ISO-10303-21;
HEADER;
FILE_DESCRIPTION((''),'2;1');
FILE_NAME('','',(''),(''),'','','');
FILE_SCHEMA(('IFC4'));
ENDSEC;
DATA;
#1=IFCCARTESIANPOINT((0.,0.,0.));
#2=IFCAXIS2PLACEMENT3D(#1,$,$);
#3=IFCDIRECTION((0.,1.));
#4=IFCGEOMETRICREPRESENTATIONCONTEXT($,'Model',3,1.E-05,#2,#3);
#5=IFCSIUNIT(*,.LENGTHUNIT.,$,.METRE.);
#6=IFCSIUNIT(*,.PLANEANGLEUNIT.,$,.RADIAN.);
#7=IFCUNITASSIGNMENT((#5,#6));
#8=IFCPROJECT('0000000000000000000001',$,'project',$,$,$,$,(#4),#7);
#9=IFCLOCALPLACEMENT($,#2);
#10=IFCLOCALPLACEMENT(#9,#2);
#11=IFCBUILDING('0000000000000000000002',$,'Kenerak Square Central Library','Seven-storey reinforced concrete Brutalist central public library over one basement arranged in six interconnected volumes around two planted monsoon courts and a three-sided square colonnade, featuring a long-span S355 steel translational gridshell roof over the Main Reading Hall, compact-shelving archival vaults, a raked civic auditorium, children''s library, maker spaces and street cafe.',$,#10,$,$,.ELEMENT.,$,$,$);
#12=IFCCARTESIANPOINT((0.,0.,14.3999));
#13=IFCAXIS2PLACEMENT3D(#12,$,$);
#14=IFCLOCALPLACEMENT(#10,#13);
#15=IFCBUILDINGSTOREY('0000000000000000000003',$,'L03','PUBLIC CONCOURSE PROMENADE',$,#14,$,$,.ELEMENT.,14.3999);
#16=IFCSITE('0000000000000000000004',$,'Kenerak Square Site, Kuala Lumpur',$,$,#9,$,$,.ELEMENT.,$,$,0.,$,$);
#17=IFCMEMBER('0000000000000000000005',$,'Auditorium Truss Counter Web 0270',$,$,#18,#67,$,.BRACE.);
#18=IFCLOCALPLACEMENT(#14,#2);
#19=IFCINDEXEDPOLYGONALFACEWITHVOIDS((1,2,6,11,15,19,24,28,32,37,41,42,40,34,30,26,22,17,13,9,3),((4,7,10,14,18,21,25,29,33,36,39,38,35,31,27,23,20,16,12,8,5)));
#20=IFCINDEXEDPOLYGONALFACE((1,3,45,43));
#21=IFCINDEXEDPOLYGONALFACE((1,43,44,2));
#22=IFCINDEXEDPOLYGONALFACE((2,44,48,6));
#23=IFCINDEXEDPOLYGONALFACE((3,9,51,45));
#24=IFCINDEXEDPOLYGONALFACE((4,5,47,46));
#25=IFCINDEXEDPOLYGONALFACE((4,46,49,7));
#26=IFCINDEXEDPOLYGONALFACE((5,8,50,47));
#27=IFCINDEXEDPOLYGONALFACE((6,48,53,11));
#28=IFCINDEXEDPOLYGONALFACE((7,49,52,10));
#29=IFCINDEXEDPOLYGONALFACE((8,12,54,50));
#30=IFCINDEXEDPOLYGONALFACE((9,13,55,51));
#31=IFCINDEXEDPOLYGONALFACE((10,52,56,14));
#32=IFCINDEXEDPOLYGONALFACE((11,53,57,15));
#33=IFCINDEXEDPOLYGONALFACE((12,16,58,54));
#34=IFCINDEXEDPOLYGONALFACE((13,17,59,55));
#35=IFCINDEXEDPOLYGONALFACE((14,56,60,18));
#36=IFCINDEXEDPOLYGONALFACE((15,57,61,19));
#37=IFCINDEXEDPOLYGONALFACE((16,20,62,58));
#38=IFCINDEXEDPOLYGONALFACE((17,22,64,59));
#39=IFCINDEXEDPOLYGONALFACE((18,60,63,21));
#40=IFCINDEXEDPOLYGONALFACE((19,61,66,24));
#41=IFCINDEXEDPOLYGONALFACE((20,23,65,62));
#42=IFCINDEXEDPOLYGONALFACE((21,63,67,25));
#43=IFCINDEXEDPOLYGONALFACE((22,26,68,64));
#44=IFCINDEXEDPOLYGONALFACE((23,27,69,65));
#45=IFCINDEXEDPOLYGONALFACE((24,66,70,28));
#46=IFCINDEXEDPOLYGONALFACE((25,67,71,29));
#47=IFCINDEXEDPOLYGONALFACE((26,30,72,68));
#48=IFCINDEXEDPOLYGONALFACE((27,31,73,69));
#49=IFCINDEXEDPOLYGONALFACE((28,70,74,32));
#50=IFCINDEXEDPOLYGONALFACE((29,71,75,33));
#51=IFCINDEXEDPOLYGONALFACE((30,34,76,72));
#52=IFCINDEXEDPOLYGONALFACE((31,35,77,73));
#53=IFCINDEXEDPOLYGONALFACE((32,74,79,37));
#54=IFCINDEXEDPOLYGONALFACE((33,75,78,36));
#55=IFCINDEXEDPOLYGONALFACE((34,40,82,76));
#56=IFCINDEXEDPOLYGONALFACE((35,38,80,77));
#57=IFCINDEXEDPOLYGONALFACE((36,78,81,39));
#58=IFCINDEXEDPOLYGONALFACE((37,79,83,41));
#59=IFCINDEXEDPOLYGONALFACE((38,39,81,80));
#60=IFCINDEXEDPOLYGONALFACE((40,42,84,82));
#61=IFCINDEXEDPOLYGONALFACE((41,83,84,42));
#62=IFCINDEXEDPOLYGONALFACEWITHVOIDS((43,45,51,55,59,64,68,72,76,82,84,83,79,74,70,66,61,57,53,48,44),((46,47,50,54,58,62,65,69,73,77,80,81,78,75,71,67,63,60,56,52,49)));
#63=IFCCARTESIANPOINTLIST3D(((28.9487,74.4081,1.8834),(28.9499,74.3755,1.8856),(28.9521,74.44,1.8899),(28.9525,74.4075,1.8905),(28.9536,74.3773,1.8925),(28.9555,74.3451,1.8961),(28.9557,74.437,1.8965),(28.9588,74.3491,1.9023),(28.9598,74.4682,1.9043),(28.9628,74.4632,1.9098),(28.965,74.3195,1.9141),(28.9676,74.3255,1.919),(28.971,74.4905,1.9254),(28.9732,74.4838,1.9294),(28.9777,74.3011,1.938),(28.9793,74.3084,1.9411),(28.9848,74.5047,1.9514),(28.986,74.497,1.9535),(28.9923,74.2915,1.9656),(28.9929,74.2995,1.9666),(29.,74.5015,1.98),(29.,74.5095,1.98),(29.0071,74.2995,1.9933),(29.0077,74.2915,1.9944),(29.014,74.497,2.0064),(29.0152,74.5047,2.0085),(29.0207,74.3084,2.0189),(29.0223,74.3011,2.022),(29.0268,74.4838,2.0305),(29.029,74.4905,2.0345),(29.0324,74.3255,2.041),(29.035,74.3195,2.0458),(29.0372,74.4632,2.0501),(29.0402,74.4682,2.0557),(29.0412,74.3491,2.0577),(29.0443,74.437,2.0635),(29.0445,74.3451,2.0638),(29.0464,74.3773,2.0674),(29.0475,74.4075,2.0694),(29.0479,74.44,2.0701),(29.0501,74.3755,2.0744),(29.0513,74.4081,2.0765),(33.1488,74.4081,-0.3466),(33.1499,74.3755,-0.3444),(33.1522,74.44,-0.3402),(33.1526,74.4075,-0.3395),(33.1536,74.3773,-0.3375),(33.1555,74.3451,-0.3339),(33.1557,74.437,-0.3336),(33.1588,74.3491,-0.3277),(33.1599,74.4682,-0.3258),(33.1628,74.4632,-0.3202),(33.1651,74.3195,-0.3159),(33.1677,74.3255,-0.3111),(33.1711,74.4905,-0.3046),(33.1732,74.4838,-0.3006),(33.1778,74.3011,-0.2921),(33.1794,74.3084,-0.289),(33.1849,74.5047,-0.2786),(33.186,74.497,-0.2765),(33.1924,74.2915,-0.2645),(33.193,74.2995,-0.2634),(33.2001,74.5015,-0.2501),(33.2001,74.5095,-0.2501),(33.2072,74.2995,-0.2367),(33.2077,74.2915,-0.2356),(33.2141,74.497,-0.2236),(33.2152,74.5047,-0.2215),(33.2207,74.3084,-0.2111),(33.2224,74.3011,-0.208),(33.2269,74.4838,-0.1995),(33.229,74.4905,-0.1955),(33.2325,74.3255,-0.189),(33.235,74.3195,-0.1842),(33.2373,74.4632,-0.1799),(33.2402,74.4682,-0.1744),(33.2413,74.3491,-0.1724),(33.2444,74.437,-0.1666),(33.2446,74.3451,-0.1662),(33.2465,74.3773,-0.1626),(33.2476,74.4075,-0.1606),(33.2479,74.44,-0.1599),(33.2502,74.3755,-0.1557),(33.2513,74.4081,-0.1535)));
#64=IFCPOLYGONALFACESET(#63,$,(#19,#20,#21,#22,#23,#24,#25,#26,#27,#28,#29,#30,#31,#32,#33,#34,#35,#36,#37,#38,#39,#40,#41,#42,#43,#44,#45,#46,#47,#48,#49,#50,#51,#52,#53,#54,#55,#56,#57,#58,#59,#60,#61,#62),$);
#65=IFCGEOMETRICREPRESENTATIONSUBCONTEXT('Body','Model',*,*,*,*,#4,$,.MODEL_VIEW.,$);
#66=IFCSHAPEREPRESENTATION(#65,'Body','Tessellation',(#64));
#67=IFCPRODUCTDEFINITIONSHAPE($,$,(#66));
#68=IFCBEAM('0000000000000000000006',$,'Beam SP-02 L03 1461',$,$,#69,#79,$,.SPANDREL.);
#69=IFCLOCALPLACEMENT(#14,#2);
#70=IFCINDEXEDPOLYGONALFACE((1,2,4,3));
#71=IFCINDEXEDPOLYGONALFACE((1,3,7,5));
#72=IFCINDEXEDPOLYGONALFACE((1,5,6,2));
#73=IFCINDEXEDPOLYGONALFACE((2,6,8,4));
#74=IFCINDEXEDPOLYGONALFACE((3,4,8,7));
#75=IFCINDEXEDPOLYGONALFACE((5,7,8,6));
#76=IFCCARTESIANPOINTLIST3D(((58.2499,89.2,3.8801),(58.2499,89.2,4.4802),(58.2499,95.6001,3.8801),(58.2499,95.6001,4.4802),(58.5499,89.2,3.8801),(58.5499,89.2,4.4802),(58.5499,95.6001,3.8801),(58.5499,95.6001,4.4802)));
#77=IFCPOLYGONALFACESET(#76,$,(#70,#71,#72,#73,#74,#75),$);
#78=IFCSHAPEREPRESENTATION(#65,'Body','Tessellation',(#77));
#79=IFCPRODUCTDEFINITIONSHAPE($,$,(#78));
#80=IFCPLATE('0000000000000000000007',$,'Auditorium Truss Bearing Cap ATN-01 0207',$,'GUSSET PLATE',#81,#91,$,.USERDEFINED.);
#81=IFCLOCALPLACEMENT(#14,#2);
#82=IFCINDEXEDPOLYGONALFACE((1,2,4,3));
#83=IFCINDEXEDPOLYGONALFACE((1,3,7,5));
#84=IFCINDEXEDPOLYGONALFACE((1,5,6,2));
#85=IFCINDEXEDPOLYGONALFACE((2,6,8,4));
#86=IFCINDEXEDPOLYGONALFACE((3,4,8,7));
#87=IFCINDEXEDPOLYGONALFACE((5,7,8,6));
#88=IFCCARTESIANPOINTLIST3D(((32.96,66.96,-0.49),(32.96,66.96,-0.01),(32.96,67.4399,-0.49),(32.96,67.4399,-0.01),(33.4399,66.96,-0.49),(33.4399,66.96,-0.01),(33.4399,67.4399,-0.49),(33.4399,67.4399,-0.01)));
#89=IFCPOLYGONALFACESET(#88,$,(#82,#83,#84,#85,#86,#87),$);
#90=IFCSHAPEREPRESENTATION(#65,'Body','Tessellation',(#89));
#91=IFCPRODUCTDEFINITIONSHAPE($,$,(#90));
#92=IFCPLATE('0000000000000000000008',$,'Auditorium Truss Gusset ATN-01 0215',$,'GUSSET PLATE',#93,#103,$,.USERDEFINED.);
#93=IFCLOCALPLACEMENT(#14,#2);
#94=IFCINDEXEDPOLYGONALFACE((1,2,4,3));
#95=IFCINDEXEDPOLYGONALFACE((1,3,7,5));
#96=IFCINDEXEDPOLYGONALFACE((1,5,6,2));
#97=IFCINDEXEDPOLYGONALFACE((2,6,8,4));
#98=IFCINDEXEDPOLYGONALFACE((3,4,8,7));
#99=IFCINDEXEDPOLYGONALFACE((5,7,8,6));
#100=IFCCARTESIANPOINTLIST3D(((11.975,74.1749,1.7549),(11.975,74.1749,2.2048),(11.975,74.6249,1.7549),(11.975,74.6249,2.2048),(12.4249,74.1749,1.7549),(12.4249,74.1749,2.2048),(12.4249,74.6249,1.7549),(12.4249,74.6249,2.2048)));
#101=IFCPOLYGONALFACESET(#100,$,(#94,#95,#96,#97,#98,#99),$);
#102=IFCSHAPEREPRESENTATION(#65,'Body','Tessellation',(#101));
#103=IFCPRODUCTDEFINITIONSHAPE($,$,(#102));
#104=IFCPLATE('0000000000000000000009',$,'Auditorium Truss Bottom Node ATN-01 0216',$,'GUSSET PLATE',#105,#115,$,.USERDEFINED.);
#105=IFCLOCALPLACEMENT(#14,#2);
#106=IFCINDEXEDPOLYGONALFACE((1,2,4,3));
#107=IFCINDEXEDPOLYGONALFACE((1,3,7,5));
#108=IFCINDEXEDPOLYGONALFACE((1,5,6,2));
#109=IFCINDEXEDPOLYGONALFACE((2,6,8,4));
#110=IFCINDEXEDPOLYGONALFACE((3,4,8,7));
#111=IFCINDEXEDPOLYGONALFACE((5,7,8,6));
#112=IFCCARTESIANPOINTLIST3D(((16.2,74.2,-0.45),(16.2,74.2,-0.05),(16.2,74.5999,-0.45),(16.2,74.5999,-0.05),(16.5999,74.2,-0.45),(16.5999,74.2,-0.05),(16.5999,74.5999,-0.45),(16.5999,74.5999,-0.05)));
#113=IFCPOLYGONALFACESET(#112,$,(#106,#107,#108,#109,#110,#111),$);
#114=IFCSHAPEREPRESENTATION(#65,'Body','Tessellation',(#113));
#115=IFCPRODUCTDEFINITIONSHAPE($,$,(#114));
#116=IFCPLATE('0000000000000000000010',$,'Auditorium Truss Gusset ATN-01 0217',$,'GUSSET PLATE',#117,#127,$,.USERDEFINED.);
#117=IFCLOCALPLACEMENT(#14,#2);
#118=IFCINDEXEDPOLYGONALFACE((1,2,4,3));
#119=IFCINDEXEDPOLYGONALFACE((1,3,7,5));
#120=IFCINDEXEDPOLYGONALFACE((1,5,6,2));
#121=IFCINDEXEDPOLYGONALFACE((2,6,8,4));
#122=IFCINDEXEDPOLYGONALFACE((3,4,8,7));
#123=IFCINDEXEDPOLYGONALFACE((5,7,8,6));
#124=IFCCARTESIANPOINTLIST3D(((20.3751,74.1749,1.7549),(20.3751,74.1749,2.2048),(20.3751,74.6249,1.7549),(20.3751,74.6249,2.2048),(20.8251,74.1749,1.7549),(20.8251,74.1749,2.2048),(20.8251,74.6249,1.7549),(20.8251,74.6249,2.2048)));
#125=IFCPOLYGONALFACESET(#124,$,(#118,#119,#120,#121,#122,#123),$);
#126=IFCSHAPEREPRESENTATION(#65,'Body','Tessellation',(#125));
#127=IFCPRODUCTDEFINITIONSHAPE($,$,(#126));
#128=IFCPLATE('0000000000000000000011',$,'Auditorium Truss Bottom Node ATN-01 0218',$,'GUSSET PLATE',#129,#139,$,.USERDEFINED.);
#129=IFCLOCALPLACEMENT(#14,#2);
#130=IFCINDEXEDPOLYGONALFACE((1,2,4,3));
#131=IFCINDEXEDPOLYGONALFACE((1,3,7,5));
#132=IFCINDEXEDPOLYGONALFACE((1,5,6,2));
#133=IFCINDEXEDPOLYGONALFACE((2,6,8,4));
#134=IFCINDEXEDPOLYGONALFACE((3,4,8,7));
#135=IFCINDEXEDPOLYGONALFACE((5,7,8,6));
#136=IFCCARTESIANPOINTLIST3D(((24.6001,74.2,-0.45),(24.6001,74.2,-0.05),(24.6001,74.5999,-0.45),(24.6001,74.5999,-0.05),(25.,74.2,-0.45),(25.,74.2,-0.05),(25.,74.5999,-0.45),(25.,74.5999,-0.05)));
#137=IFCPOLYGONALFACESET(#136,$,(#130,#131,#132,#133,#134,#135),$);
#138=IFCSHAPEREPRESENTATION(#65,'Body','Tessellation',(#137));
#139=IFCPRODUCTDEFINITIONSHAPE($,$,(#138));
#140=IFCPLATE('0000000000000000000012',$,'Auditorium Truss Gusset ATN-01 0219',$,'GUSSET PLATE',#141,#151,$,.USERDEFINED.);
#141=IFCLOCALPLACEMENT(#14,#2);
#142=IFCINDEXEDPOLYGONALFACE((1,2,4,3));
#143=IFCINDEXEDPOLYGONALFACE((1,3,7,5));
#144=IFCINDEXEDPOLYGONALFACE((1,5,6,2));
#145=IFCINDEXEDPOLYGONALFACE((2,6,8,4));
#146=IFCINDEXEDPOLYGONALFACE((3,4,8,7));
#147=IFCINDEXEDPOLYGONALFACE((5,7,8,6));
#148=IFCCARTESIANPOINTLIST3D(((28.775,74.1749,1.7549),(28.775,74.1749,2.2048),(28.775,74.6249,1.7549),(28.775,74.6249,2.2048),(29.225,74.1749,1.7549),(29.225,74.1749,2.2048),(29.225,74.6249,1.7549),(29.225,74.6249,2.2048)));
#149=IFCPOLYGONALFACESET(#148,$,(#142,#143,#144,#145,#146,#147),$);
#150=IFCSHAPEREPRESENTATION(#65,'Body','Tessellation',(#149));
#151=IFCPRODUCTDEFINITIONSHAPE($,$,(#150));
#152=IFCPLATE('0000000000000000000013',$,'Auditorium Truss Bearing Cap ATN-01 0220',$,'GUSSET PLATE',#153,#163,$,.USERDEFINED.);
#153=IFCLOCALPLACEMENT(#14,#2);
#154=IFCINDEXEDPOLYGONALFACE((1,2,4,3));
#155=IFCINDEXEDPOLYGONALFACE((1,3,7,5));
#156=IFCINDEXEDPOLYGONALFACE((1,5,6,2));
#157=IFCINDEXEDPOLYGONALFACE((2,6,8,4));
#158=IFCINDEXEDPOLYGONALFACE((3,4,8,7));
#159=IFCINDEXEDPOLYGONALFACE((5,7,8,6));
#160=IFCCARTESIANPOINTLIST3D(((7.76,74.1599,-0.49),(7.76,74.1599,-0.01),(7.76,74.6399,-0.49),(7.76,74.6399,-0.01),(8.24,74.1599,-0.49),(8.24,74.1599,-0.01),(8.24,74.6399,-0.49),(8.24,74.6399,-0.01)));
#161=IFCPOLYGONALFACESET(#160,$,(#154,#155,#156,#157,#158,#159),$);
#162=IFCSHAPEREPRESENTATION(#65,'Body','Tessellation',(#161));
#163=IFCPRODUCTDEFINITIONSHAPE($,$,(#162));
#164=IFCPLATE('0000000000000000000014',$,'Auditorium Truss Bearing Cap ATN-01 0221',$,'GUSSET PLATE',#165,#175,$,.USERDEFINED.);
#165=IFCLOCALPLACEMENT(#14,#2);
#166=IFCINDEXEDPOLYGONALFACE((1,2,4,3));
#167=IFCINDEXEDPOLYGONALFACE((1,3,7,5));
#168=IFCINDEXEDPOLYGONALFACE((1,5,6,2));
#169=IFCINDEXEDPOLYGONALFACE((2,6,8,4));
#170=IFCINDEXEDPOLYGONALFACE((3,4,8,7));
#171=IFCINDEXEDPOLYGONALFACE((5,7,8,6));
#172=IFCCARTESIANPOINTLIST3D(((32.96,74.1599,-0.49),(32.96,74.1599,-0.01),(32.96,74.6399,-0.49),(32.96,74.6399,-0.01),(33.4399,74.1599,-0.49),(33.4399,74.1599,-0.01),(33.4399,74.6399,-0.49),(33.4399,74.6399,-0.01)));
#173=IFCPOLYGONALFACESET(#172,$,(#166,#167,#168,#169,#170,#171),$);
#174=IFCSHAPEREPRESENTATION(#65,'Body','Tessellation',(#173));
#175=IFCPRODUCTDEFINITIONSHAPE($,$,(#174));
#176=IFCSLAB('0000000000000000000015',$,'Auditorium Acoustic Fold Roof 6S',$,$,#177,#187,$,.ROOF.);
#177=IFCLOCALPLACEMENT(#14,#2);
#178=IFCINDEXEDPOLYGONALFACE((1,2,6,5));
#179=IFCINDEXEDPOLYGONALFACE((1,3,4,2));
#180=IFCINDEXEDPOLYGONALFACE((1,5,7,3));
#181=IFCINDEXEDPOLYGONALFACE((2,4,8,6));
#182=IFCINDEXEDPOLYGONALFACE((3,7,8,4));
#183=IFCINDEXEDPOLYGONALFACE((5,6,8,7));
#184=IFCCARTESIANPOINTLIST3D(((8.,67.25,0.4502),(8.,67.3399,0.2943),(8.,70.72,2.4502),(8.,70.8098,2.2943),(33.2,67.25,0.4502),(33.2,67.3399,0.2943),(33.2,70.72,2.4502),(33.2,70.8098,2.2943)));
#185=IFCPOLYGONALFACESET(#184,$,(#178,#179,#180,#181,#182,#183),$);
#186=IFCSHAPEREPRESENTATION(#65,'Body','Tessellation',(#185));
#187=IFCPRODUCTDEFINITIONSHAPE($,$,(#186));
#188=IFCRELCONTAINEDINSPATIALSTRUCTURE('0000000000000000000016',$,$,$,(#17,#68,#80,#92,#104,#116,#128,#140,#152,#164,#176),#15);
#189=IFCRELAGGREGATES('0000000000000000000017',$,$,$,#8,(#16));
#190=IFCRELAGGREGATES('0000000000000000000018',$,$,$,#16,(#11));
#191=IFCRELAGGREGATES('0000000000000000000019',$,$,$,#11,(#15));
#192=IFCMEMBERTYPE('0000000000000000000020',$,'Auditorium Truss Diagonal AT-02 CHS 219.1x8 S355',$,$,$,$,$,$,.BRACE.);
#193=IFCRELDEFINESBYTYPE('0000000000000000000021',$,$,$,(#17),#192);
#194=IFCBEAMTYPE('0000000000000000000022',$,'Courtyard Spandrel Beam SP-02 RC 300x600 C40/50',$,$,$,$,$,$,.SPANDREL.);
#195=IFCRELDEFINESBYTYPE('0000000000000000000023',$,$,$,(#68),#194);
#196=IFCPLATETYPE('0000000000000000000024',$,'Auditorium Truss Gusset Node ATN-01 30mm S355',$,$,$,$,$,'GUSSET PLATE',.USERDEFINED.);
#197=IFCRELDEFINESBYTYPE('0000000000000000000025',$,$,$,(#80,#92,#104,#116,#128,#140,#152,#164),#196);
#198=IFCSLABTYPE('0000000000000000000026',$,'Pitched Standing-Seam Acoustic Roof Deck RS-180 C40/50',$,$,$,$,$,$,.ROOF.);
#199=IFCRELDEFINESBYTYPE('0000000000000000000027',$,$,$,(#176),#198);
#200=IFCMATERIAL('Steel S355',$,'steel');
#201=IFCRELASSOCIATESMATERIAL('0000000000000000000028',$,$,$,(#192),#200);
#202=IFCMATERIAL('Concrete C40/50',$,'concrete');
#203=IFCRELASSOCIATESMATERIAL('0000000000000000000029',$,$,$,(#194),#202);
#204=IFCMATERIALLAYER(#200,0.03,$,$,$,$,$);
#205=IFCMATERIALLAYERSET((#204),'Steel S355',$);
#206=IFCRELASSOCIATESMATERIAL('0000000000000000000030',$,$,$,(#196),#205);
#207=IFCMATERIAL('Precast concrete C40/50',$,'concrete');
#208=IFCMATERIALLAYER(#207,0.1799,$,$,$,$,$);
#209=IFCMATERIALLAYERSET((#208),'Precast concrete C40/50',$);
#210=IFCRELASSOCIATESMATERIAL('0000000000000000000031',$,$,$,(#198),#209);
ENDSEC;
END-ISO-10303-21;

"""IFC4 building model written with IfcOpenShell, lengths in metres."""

from ifc_helpers import new_model, si_unit, direction, frame, origin, origin_2d, place, context, subcontext, project, spatial, polyline, rectangle, hollow_circle, outline, extrude, material, layer, layer_set, material_profile, profile_set, type_object, element, save


model = new_model("IFC4")

# Units and contexts
model_context = context("Model", 3, precision=1e-05, world=origin(), true_north=direction((0.0, 1.0)))
body_context = subcontext(model_context, "Body", "Model", "MODEL_VIEW")
ifc_project = project(units=[si_unit("LENGTHUNIT", "METRE"), si_unit("PLANEANGLEUNIT", "RADIAN")], contexts=[model_context])

# Site, building, storey
site_placement = place(None, origin())
site = spatial("IfcSite", under=ifc_project, at=site_placement, Name="Kenerak Square Site, Kuala Lumpur", CompositionType="ELEMENT", RefElevation=0.0)
building_placement = place(site_placement, origin())
building = spatial("IfcBuilding", under=site, at=building_placement, Name="Kenerak Square Central Library", Description="Seven-storey reinforced concrete Brutalist central public library over one basement arranged in six interconnected volumes around two planted monsoon courts and a three-sided square colonnade, featuring a long-span S355 steel translational gridshell roof over the Main Reading Hall, compact-shelving archival vaults, a raked civic auditorium, children's library, maker spaces and street cafe.", CompositionType="ELEMENT")
storey_placement = place(building_placement, frame((0.0, 0.0, 14.3999)))
storey = spatial("IfcBuildingStorey", under=building, at=storey_placement, Name="L03", Description="PUBLIC CONCOURSE PROMENADE", CompositionType="ELEMENT", Elevation=14.3999)

# Shared definitions
ifc_material_1 = material(Name="Concrete C40/50", Category="concrete")

# Shared definitions
ifc_material_2 = material(Name="Steel S355", Category="steel")

# Member
ifc_material_profile_1 = material_profile(ifc_material_2, hollow_circle(Radius=0.1096, WallThickness=0.0081, at=origin_2d()), Name="CHS 219.1x8.0")
ifc_profile_set_1 = profile_set([ifc_material_profile_1], Name="Steel S355")
member_type = type_object("IfcMemberType", Name="Auditorium Truss Diagonal AT-02 CHS 219.1x8 S355", PredefinedType="BRACE", material=ifc_profile_set_1)
for number, where, z_axis, x_axis, name in (
    (1, (29.0, 74.3999, 1.98), (0.883224, 0.0, -0.468951), (0.0, 1.0, 0.0), "Auditorium Truss Counter Web 0270"),
):
    element("IfcMember", number, at=place(storey_placement, frame(where, z_axis=z_axis, x_axis=x_axis)), inside=storey, type_object=member_type, Name=name, PredefinedType="BRACE", context=body_context, shape_type="SweptSolid", body=[
        extrude(hollow_circle(Radius=0.1096, WallThickness=0.0081, at=origin_2d()), origin(), (0.0, 0.0, 1.0), 4.7554),
    ])

# Beam
ifc_material_profile_2 = material_profile(ifc_material_1, rectangle(XDim=0.3, YDim=0.6001, at=origin_2d()), Name="RC 300x600")
ifc_profile_set_2 = profile_set([ifc_material_profile_2], Name="Concrete C40/50")
beam_type_1 = type_object("IfcBeamType", Name="Courtyard Spandrel Beam SP-02 RC 300x600 C40/50", PredefinedType="SPANDREL", material=ifc_profile_set_2)
beam_1_placement = place(storey_placement, frame((58.3999, 89.2, 4.1802), z_axis=(0.0, 1.0, 0.0), x_axis=(-1.0, 0.0, 0.0)))
element("IfcBeam", 2, at=beam_1_placement, inside=storey, type_object=beam_type_1, Name="Beam SP-02 L03 1461", PredefinedType="SPANDREL", context=body_context, shape_type="SweptSolid", body=[
    extrude(rectangle(XDim=0.3, YDim=0.6001, at=origin_2d()), origin(), (0.0, 0.0, 1.0), 6.4001),
])

# Plates
ifc_layer_1 = layer(ifc_material_2, 0.03)
ifc_layer_set_1 = layer_set([ifc_layer_1], Name="Steel S355")
plate_type = type_object("IfcPlateType", Name="Auditorium Truss Gusset Node ATN-01 30mm S355", ElementType="GUSSET PLATE", PredefinedType="USERDEFINED", material=ifc_layer_set_1)
plate_1_placement = place(storey_placement, frame((33.2, 67.2, -0.49), z_axis=(0.0, 0.0, 1.0), x_axis=(1.0, 0.0, 0.0)))
element("IfcPlate", 3, at=plate_1_placement, inside=storey, type_object=plate_type, Name="Auditorium Truss Bearing Cap ATN-01 0207", ObjectType="GUSSET PLATE", PredefinedType="USERDEFINED", context=body_context, shape_type="SweptSolid", body=[
    extrude(rectangle(XDim=0.48, YDim=0.48, at=origin_2d()), origin(), (0.0, 0.0, 1.0), 0.48),
])
plate_2_placement = place(storey_placement, frame((12.2, 74.3999, 1.7549), z_axis=(0.0, 0.0, 1.0), x_axis=(1.0, 0.0, 0.0)))
element("IfcPlate", 4, at=plate_2_placement, inside=storey, type_object=plate_type, Name="Auditorium Truss Gusset ATN-01 0215", ObjectType="GUSSET PLATE", PredefinedType="USERDEFINED", context=body_context, shape_type="SweptSolid", body=[
    extrude(rectangle(XDim=0.45, YDim=0.45, at=origin_2d()), origin(), (0.0, 0.0, 1.0), 0.45),
])
plate_3_placement = place(storey_placement, frame((16.3999, 74.3999, -0.45), z_axis=(0.0, 0.0, 1.0), x_axis=(1.0, 0.0, 0.0)))
element("IfcPlate", 5, at=plate_3_placement, inside=storey, type_object=plate_type, Name="Auditorium Truss Bottom Node ATN-01 0216", ObjectType="GUSSET PLATE", PredefinedType="USERDEFINED", context=body_context, shape_type="SweptSolid", body=[
    extrude(rectangle(XDim=0.3999, YDim=0.3999, at=origin_2d()), origin(), (0.0, 0.0, 1.0), 0.3999),
])
plate_4_placement = place(storey_placement, frame((20.6001, 74.3999, 1.7549), z_axis=(0.0, 0.0, 1.0), x_axis=(1.0, 0.0, 0.0)))
element("IfcPlate", 6, at=plate_4_placement, inside=storey, type_object=plate_type, Name="Auditorium Truss Gusset ATN-01 0217", ObjectType="GUSSET PLATE", PredefinedType="USERDEFINED", context=body_context, shape_type="SweptSolid", body=[
    extrude(rectangle(XDim=0.45, YDim=0.45, at=origin_2d()), origin(), (0.0, 0.0, 1.0), 0.45),
])
plate_5_placement = place(storey_placement, frame((24.8, 74.3999, -0.45), z_axis=(0.0, 0.0, 1.0), x_axis=(1.0, 0.0, 0.0)))
element("IfcPlate", 7, at=plate_5_placement, inside=storey, type_object=plate_type, Name="Auditorium Truss Bottom Node ATN-01 0218", ObjectType="GUSSET PLATE", PredefinedType="USERDEFINED", context=body_context, shape_type="SweptSolid", body=[
    extrude(rectangle(XDim=0.3999, YDim=0.3999, at=origin_2d()), origin(), (0.0, 0.0, 1.0), 0.3999),
])
plate_6_placement = place(storey_placement, frame((29.0, 74.3999, 1.7549), z_axis=(0.0, 0.0, 1.0), x_axis=(1.0, 0.0, 0.0)))
element("IfcPlate", 8, at=plate_6_placement, inside=storey, type_object=plate_type, Name="Auditorium Truss Gusset ATN-01 0219", ObjectType="GUSSET PLATE", PredefinedType="USERDEFINED", context=body_context, shape_type="SweptSolid", body=[
    extrude(rectangle(XDim=0.45, YDim=0.45, at=origin_2d()), origin(), (0.0, 0.0, 1.0), 0.45),
])
for number, where, z_axis, x_axis, name in (
    (9, (8.0, 74.3999, -0.49), (0.0, 0.0, 1.0), (1.0, 0.0, 0.0), "Auditorium Truss Bearing Cap ATN-01 0220"),
    (10, (33.2, 74.3999, -0.49), (0.0, 0.0, 1.0), (1.0, 0.0, 0.0), "Auditorium Truss Bearing Cap ATN-01 0221"),
):
    element("IfcPlate", number, at=place(storey_placement, frame(where, z_axis=z_axis, x_axis=x_axis)), inside=storey, type_object=plate_type, Name=name, ObjectType="GUSSET PLATE", PredefinedType="USERDEFINED", context=body_context, shape_type="SweptSolid", body=[
        extrude(rectangle(XDim=0.48, YDim=0.48, at=origin_2d()), origin(), (0.0, 0.0, 1.0), 0.48),
    ])

# Slab
ifc_material_3 = material(Name="Precast concrete C40/50", Category="concrete")
ifc_layer_2 = layer(ifc_material_3, 0.1799)
ifc_layer_set_2 = layer_set([ifc_layer_2], Name="Precast concrete C40/50")
slab_type = type_object("IfcSlabType", Name="Pitched Standing-Seam Acoustic Roof Deck RS-180 C40/50", PredefinedType="ROOF", material=ifc_layer_set_2)
slab_1_placement = place(storey_placement, frame((8.0, 67.25, 0.4502), z_axis=(0.0, -0.499365, 0.866392), x_axis=(1.0, 0.0, 0.0)))
element("IfcSlab", 11, at=slab_1_placement, inside=storey, type_object=slab_type, Name="Auditorium Acoustic Fold Roof 6S", PredefinedType="ROOF", context=body_context, shape_type="SweptSolid", body=[
    extrude(outline(polyline([(0.0, 0.0), (25.2, 0.0), (25.2, 4.0051), (0.0, 4.0051), (0.0, 0.0)])), origin(), (0.0, 0.0, -1.0), 0.1799),
])

save(model, "model.ifc")
